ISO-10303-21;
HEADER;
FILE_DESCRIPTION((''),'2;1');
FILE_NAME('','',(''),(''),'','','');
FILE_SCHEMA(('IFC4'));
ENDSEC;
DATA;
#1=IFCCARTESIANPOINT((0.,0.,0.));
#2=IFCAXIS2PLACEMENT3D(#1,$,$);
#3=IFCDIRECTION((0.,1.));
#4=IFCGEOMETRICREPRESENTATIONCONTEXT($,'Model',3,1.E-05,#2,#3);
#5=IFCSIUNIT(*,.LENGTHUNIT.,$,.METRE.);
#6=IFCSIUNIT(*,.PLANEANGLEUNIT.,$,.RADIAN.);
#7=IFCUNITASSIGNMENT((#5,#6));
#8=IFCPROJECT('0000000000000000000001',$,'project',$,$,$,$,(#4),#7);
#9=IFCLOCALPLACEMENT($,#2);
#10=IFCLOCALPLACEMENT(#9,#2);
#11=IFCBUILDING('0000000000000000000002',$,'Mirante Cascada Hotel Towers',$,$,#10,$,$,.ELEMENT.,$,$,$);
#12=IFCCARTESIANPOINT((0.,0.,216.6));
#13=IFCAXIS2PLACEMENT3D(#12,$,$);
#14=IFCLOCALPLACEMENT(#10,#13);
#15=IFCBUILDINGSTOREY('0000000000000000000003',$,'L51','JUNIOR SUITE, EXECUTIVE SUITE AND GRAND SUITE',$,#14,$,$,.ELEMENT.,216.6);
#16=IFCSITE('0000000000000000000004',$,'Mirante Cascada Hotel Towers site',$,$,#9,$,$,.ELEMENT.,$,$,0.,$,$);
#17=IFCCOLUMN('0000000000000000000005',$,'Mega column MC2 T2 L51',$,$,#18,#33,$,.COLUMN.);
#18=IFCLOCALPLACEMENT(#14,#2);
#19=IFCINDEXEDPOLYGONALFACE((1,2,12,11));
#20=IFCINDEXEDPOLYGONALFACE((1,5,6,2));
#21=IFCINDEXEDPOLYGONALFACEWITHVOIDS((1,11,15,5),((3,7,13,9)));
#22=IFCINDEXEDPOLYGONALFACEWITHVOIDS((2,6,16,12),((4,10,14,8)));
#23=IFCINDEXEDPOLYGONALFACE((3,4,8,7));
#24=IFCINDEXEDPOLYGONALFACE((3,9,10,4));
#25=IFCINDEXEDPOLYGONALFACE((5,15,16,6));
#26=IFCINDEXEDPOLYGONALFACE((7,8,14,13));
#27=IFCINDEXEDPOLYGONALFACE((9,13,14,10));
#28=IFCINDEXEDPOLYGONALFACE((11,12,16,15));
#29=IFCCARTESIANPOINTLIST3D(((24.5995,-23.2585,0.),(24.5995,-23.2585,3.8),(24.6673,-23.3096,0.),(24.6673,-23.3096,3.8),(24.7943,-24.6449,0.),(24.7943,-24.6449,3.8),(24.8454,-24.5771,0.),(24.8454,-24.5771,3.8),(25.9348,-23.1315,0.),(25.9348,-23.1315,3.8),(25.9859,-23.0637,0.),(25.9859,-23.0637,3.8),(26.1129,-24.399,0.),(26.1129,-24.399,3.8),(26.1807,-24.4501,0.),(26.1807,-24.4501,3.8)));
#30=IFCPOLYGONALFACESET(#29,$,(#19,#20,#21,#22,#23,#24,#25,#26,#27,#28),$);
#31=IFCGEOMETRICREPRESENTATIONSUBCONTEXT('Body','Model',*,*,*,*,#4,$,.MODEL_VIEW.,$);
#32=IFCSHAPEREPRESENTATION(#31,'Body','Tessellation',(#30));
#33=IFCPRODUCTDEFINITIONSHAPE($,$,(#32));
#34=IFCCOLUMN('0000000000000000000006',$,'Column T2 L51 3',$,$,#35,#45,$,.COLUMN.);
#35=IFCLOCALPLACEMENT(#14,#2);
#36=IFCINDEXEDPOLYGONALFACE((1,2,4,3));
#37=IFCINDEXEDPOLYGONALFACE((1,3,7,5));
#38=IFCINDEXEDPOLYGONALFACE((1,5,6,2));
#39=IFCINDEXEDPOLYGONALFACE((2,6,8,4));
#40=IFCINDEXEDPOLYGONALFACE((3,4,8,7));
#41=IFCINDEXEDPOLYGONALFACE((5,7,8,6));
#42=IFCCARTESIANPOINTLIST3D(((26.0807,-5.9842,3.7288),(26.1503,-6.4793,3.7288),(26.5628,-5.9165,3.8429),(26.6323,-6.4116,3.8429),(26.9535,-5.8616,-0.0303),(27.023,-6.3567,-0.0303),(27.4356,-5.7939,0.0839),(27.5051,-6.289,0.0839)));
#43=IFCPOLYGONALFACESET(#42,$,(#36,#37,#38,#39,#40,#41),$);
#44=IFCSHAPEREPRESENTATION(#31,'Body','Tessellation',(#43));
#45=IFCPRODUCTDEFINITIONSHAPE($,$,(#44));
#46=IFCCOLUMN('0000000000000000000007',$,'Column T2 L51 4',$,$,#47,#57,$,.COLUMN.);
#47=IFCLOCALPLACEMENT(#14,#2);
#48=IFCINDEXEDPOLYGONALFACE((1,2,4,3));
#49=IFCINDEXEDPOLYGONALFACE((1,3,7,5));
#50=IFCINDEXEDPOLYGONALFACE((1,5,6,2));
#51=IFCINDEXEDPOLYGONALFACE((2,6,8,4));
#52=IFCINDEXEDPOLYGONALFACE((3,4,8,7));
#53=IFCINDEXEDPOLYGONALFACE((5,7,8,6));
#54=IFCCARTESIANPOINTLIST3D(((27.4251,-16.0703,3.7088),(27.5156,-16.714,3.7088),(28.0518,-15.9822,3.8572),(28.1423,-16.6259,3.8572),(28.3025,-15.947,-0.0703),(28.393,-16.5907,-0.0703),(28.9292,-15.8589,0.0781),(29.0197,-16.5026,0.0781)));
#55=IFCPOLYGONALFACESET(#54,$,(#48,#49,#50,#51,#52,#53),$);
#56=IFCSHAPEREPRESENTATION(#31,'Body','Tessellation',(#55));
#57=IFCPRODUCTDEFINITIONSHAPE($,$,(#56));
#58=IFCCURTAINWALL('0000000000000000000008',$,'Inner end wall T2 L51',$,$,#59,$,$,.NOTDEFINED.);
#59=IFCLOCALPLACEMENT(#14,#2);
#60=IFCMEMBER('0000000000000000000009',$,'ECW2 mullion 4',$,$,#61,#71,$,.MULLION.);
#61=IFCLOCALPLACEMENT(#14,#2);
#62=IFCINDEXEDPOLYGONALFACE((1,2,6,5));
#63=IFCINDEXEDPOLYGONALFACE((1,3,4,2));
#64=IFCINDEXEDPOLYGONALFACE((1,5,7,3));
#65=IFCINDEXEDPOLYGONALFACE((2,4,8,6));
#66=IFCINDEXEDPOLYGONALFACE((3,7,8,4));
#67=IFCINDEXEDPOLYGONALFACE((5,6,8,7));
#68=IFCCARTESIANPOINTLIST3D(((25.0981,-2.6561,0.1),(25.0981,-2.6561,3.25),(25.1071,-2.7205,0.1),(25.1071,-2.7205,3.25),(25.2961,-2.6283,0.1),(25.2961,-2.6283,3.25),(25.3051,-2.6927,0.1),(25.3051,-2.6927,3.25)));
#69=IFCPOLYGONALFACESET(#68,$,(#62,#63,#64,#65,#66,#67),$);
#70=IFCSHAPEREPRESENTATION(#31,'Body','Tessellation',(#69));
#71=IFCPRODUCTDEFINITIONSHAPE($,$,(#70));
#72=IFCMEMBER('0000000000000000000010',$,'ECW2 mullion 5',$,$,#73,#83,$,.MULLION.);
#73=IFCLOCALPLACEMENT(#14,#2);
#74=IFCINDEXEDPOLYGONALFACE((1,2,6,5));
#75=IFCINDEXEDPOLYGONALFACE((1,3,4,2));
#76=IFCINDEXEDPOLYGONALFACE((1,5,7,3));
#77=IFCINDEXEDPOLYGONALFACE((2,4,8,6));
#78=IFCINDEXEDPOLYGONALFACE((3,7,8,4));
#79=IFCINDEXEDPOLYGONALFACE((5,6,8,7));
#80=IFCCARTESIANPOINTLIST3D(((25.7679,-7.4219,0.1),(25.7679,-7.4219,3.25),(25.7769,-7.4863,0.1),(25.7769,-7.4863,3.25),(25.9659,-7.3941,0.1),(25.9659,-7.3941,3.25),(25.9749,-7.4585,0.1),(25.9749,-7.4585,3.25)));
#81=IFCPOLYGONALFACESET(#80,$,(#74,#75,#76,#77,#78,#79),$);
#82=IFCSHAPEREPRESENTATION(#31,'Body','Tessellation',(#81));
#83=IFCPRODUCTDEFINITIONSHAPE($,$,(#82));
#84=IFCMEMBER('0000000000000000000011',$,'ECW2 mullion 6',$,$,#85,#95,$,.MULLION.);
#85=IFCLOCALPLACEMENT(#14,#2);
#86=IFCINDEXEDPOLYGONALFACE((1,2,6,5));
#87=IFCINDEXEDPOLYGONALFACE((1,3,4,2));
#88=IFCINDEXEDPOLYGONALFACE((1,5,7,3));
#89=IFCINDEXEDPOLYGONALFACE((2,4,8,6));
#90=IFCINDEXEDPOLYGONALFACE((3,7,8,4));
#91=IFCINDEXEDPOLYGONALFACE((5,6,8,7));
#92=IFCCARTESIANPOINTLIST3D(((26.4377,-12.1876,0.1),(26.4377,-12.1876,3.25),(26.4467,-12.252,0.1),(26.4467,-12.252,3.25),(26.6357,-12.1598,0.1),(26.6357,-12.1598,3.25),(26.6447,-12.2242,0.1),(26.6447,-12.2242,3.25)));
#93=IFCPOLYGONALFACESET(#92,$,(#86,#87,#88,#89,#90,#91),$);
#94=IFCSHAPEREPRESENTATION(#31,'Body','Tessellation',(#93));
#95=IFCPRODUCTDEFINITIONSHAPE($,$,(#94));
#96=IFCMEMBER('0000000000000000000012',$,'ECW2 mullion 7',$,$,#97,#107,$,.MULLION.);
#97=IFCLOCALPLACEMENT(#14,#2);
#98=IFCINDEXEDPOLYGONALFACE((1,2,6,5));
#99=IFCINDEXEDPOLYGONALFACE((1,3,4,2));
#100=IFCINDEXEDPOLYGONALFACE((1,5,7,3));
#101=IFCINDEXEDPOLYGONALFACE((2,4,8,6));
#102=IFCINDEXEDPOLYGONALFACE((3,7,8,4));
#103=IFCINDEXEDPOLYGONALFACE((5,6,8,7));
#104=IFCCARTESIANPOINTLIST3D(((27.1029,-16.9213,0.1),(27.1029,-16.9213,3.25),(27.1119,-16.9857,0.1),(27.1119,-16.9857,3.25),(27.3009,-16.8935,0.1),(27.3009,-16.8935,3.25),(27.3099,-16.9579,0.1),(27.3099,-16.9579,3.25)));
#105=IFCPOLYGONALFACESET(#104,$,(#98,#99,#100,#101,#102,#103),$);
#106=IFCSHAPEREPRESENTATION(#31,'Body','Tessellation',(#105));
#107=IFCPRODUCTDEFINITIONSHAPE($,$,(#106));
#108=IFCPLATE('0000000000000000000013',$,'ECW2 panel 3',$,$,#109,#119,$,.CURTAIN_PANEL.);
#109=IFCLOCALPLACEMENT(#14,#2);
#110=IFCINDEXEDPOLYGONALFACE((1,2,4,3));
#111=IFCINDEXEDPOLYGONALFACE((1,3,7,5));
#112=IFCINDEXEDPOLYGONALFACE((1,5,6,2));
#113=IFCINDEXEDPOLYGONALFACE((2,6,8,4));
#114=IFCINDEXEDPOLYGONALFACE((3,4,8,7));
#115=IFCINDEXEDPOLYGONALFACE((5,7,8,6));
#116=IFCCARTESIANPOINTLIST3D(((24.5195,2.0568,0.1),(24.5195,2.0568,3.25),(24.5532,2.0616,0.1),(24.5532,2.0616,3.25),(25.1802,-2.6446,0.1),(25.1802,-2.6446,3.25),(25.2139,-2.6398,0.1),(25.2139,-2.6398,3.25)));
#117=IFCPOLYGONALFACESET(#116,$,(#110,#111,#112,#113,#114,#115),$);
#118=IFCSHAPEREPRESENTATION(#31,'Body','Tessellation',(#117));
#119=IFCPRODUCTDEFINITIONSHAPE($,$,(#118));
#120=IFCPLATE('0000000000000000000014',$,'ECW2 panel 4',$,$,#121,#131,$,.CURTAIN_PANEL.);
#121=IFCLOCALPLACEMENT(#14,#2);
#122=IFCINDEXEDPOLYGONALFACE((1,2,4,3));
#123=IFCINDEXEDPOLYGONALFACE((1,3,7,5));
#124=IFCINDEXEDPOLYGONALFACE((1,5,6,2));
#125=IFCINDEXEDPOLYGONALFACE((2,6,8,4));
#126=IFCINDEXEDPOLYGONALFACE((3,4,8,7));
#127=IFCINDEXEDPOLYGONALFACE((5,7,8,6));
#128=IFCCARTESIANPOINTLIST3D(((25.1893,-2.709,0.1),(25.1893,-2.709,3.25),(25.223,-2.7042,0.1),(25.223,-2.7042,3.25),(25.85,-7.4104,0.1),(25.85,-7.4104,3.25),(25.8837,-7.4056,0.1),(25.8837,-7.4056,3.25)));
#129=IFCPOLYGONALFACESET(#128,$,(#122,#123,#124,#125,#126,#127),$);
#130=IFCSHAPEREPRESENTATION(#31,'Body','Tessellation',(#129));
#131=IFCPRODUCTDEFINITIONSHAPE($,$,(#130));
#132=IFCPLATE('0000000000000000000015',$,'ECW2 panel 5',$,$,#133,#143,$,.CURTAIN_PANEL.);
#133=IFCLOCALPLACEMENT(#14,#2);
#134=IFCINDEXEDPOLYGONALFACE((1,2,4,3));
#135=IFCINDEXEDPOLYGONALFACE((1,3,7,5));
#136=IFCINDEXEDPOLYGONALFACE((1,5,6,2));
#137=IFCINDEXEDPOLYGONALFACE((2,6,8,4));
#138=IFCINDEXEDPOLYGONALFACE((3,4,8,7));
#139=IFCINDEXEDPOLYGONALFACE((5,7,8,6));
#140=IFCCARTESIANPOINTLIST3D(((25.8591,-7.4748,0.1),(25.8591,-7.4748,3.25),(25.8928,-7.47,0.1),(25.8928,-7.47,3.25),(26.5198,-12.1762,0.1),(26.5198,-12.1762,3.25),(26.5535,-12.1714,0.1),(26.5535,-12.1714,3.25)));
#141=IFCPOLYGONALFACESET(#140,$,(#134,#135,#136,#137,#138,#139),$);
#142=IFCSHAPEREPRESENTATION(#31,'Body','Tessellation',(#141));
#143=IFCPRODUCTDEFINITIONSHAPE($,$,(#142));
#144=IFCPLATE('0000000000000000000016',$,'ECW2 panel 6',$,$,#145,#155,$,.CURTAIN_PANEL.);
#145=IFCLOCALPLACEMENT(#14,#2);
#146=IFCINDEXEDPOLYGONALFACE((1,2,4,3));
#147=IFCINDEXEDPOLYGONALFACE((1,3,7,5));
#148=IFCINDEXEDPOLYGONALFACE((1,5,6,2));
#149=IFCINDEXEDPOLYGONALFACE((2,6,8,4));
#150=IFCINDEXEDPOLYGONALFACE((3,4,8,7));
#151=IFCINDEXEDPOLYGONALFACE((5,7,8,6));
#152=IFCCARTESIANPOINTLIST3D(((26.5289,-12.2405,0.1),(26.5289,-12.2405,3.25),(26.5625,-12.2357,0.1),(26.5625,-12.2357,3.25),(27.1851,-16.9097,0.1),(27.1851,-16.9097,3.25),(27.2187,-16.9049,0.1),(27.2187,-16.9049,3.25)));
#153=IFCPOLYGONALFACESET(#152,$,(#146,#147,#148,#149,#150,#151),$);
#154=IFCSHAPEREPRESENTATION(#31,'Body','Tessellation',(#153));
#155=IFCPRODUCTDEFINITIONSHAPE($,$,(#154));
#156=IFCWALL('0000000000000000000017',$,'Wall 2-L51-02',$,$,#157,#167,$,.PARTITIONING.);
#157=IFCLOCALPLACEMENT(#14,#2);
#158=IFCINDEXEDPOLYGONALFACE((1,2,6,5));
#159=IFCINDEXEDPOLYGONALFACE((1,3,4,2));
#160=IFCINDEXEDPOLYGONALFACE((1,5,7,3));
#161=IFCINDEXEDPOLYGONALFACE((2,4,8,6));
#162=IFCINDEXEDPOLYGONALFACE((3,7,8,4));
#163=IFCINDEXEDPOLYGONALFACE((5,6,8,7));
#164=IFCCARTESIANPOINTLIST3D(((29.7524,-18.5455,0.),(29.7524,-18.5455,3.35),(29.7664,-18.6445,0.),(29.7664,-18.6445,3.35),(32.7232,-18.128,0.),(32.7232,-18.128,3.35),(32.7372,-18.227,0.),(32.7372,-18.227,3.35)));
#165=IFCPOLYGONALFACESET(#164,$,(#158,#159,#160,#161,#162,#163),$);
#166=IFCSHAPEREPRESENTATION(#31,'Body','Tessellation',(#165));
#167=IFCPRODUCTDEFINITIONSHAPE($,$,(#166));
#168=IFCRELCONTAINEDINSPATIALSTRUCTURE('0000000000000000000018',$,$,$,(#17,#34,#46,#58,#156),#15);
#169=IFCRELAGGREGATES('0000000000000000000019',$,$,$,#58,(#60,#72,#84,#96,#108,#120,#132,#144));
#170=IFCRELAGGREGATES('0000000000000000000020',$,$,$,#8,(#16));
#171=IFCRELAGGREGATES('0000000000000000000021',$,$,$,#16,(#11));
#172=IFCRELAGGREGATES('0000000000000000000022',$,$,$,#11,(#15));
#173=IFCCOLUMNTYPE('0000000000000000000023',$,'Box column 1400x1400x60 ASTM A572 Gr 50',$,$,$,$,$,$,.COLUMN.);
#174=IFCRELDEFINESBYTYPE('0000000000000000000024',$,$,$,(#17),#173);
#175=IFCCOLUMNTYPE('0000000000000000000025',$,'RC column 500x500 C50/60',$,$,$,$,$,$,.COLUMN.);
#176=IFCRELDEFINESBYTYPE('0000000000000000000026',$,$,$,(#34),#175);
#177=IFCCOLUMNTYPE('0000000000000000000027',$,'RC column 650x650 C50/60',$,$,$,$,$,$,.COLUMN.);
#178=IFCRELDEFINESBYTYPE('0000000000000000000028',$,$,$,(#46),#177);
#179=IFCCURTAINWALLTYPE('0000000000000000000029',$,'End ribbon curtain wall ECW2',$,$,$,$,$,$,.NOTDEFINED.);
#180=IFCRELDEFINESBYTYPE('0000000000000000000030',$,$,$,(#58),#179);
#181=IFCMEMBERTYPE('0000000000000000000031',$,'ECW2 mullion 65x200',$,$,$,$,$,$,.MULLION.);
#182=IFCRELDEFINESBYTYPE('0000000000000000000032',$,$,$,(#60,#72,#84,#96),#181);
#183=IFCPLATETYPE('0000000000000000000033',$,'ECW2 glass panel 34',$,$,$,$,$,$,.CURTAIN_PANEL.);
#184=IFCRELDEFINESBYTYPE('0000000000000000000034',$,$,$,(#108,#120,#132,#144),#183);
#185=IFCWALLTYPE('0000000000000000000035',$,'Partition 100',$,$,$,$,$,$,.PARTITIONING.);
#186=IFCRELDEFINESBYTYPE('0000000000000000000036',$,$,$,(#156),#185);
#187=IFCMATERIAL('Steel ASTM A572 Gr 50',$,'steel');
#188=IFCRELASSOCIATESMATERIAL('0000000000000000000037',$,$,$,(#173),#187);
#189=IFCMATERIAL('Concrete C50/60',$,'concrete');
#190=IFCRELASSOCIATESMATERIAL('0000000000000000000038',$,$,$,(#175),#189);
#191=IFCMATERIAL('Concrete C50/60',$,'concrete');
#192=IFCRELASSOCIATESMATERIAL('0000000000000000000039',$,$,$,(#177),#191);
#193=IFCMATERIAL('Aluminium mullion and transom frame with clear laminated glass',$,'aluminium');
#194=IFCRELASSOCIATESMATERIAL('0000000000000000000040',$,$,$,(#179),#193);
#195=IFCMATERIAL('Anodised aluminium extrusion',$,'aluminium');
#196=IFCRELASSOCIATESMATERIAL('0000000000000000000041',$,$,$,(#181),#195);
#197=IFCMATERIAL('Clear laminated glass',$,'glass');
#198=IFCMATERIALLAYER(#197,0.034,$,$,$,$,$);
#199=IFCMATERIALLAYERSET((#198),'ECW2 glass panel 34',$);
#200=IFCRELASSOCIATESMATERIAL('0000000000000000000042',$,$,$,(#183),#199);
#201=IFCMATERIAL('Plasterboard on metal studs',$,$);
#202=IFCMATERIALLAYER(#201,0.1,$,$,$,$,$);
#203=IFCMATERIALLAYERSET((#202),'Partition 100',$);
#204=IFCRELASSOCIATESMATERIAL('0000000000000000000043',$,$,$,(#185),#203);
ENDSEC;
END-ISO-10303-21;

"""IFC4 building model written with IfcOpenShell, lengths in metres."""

from ifc_helpers import new_model, si_unit, direction, frame, frame_2d, origin, origin_2d, place, context, subcontext, project, spatial, rectangle, hollow_rectangle, extrude, material, layer, layer_set, material_profile, profile_set, type_object, element, aggregate, save


model = new_model("IFC4")

# Units and contexts
model_context = context("Model", 3, precision=1e-05, world=origin(), true_north=direction((0.0, 1.0)))
body_context = subcontext(model_context, "Body", "Model", "MODEL_VIEW")
ifc_project = project(units=[si_unit("LENGTHUNIT", "METRE"), si_unit("PLANEANGLEUNIT", "RADIAN")], contexts=[model_context])

# Site, building, storey
site_placement = place(None, origin())
site = spatial("IfcSite", under=ifc_project, at=site_placement, Name="Mirante Cascada Hotel Towers site", CompositionType="ELEMENT", RefElevation=0.0)
building_placement = place(site_placement, origin())
building = spatial("IfcBuilding", under=site, at=building_placement, Name="Mirante Cascada Hotel Towers", CompositionType="ELEMENT")
storey_placement = place(building_placement, frame((0.0, 0.0, 216.6)))
storey = spatial("IfcBuildingStorey", under=building, at=storey_placement, Name="L51", Description="JUNIOR SUITE, EXECUTIVE SUITE AND GRAND SUITE", CompositionType="ELEMENT", Elevation=216.6)

# Columns
ifc_material_1 = material(Name="Steel ASTM A572 Gr 50", Category="steel")
ifc_material_profile_1 = material_profile(ifc_material_1, hollow_rectangle(XDim=1.4, YDim=1.4, WallThickness=0.06, at=origin_2d()), Name="Box column 1400x1400x60 ASTM A572 Gr 50")
ifc_profile_set_1 = profile_set([ifc_material_profile_1], Name="Steel ASTM A572 Gr 50")
column_type_1 = type_object("IfcColumnType", Name="Box column 1400x1400x60 ASTM A572 Gr 50", PredefinedType="COLUMN", material=ifc_profile_set_1)
column_1_placement = place(storey_placement, frame((25.3901, -23.8543, 0.0), z_axis=(0.0, 0.0, 1.0), x_axis=(0.990268, 0.139173, 0.0)))
element("IfcColumn", 1, at=column_1_placement, inside=storey, type_object=column_type_1, Name="Mega column MC2 T2 L51", PredefinedType="COLUMN", context=body_context, shape_type="SweptSolid", body=[
    extrude(hollow_rectangle(XDim=1.4, YDim=1.4, WallThickness=0.06, at=origin_2d()), origin(), (0.0, 0.0, 1.0), 3.8),
])
ifc_material_2 = material(Name="Concrete C50/60", Category="concrete")
ifc_material_profile_2 = material_profile(ifc_material_2, rectangle(XDim=0.5, YDim=0.5, at=origin_2d()), Name="RC column 500x500 C50/60")
ifc_profile_set_2 = profile_set([ifc_material_profile_2], Name="Concrete C50/60")
column_type_2 = type_object("IfcColumnType", Name="RC column 500x500 C50/60", PredefinedType="COLUMN", material=ifc_profile_set_2)
column_2_placement = place(storey_placement, frame((27.2293, -6.0753, 0.0268), z_axis=(-0.226053, -0.031753, 0.973597), x_axis=(0.139102, -0.990278, 0.0)))
element("IfcColumn", 2, at=column_2_placement, inside=storey, type_object=column_type_2, Name="Column T2 L51 3", PredefinedType="COLUMN", context=body_context, shape_type="SweptSolid", body=[
    extrude(rectangle(XDim=0.5, YDim=0.5, at=origin_2d()), origin(), (0.0, 0.0, 1.0), 3.861),
])
ifc_material_3 = material(Name="Concrete C50/60", Category="concrete")
ifc_material_profile_3 = material_profile(ifc_material_3, rectangle(XDim=0.65, YDim=0.65, at=origin_2d()), Name="RC column 650x650 C50/60")
ifc_profile_set_3 = profile_set([ifc_material_profile_3], Name="Concrete C50/60")
column_type_3 = type_object("IfcColumnType", Name="RC column 650x650 C50/60", PredefinedType="COLUMN", material=ifc_profile_set_3)
column_3_placement = place(storey_placement, frame((28.6611, -16.2248, 0.0039), z_axis=(-0.226042, -0.031765, 0.973599), x_axis=(0.139161, -0.99027, 0.0)))
element("IfcColumn", 3, at=column_3_placement, inside=storey, type_object=column_type_3, Name="Column T2 L51 4", PredefinedType="COLUMN", context=body_context, shape_type="SweptSolid", body=[
    extrude(rectangle(XDim=0.65, YDim=0.65, at=origin_2d()), origin(), (0.0, 0.0, 1.0), 3.8816),
])

# Curtain wall, members, plates
ifc_material_4 = material(Name="Aluminium mullion and transom frame with clear laminated glass", Category="aluminium")
curtain_wall_type = type_object("IfcCurtainWallType", Name="End ribbon curtain wall ECW2", PredefinedType="NOTDEFINED", material=ifc_material_4)
curtain_wall_placement = place(storey_placement, origin())
curtain_wall = element("IfcCurtainWall", 4, at=curtain_wall_placement, inside=storey, type_object=curtain_wall_type, Name="Inner end wall T2 L51", PredefinedType="NOTDEFINED")
ifc_material_5 = material(Name="Anodised aluminium extrusion", Category="aluminium")
ifc_material_profile_4 = material_profile(ifc_material_5, rectangle(XDim=0.2, YDim=0.065, at=origin_2d()), Name="ECW2 MULLION 65x200")
ifc_profile_set_4 = profile_set([ifc_material_profile_4], Name="Anodised aluminium extrusion")
member_type = type_object("IfcMemberType", Name="ECW2 mullion 65x200", PredefinedType="MULLION", material=ifc_profile_set_4)
member_1_placement = place(storey_placement, frame((25.2016, -2.6744, 0.1), z_axis=(0.0, 0.0, 1.0), x_axis=(0.990268, 0.139173, 0.0)))
member_1 = element("IfcMember", 5, at=member_1_placement, type_object=member_type, Name="ECW2 mullion 4", PredefinedType="MULLION", context=body_context, shape_type="SweptSolid", body=[
    extrude(rectangle(XDim=0.2, YDim=0.065, at=origin_2d()), origin(), (0.0, 0.0, 1.0), 3.15),
])
member_2_placement = place(storey_placement, frame((25.8714, -7.4402, 0.1), z_axis=(0.0, 0.0, 1.0), x_axis=(0.990268, 0.139173, 0.0)))
member_2 = element("IfcMember", 6, at=member_2_placement, type_object=member_type, Name="ECW2 mullion 5", PredefinedType="MULLION", context=body_context, shape_type="SweptSolid", body=[
    extrude(rectangle(XDim=0.2, YDim=0.065, at=origin_2d()), origin(), (0.0, 0.0, 1.0), 3.15),
])
member_3_placement = place(storey_placement, frame((26.5412, -12.2059, 0.1), z_axis=(0.0, 0.0, 1.0), x_axis=(0.990268, 0.139173, 0.0)))
member_3 = element("IfcMember", 7, at=member_3_placement, type_object=member_type, Name="ECW2 mullion 6", PredefinedType="MULLION", context=body_context, shape_type="SweptSolid", body=[
    extrude(rectangle(XDim=0.2, YDim=0.065, at=origin_2d()), origin(), (0.0, 0.0, 1.0), 3.15),
])
member_4_placement = place(storey_placement, frame((27.2064, -16.9396, 0.1), z_axis=(0.0, 0.0, 1.0), x_axis=(0.990268, 0.139173, 0.0)))
member_4 = element("IfcMember", 8, at=member_4_placement, type_object=member_type, Name="ECW2 mullion 7", PredefinedType="MULLION", context=body_context, shape_type="SweptSolid", body=[
    extrude(rectangle(XDim=0.2, YDim=0.065, at=origin_2d()), origin(), (0.0, 0.0, 1.0), 3.15),
])
ifc_material_6 = material(Name="Clear laminated glass", Category="glass")
ifc_layer_1 = layer(ifc_material_6, 0.034)
ifc_layer_set_1 = layer_set([ifc_layer_1], Name="ECW2 glass panel 34")
plate_type = type_object("IfcPlateType", Name="ECW2 glass panel 34", PredefinedType="CURTAIN_PANEL", material=ifc_layer_set_1)
plate_1_placement = place(storey_placement, frame((24.8667, -0.2915, 0.1), z_axis=(0.0, 0.0, 1.0), x_axis=(0.139173, -0.990268, 0.0)))
plate_1 = element("IfcPlate", 9, at=plate_1_placement, type_object=plate_type, Name="ECW2 panel 3", PredefinedType="CURTAIN_PANEL", context=body_context, shape_type="SweptSolid", body=[
    extrude(rectangle(XDim=4.7476, YDim=0.034, at=origin_2d()), origin(), (0.0, 0.0, 1.0), 3.15),
])
plate_2_placement = place(storey_placement, frame((25.5365, -5.0573, 0.1), z_axis=(0.0, 0.0, 1.0), x_axis=(0.139173, -0.990268, 0.0)))
plate_2 = element("IfcPlate", 10, at=plate_2_placement, type_object=plate_type, Name="ECW2 panel 4", PredefinedType="CURTAIN_PANEL", context=body_context, shape_type="SweptSolid", body=[
    extrude(rectangle(XDim=4.7476, YDim=0.034, at=origin_2d()), origin(), (0.0, 0.0, 1.0), 3.15),
])
plate_3_placement = place(storey_placement, frame((26.2063, -9.8231, 0.1), z_axis=(0.0, 0.0, 1.0), x_axis=(0.139173, -0.990268, 0.0)))
plate_3 = element("IfcPlate", 11, at=plate_3_placement, type_object=plate_type, Name="ECW2 panel 5", PredefinedType="CURTAIN_PANEL", context=body_context, shape_type="SweptSolid", body=[
    extrude(rectangle(XDim=4.7476, YDim=0.034, at=origin_2d()), origin(), (0.0, 0.0, 1.0), 3.15),
])
plate_4_placement = place(storey_placement, frame((26.8738, -14.5727, 0.1), z_axis=(0.0, 0.0, 1.0), x_axis=(0.139173, -0.990268, 0.0)))
plate_4 = element("IfcPlate", 12, at=plate_4_placement, type_object=plate_type, Name="ECW2 panel 6", PredefinedType="CURTAIN_PANEL", context=body_context, shape_type="SweptSolid", body=[
    extrude(rectangle(XDim=4.7151, YDim=0.034, at=origin_2d()), origin(), (0.0, 0.0, 1.0), 3.15),
])
aggregate(curtain_wall, [member_1, member_2, member_3, member_4, plate_1, plate_2, plate_3, plate_4])

# Wall
ifc_material_7 = material(Name="Plasterboard on metal studs")
ifc_layer_2 = layer(ifc_material_7, 0.1)
ifc_layer_set_2 = layer_set([ifc_layer_2], Name="Partition 100")
wall_type_1 = type_object("IfcWallType", Name="Partition 100", PredefinedType="PARTITIONING", material=ifc_layer_set_2)
wall_1_placement = place(storey_placement, frame((29.7594, -18.595, 0.0), z_axis=(0.0, 0.0, 1.0), x_axis=(0.990269, 0.139167, 0.0)))
element("IfcWall", 13, at=wall_1_placement, inside=storey, type_object=wall_type_1, Name="Wall 2-L51-02", PredefinedType="PARTITIONING", context=body_context, shape_type="SweptSolid", body=[
    extrude(rectangle(XDim=3.0, YDim=0.1, at=frame_2d((1.5, 0.0))), origin(), (0.0, 0.0, 1.0), 3.35),
])

save(model, "model.ifc")
